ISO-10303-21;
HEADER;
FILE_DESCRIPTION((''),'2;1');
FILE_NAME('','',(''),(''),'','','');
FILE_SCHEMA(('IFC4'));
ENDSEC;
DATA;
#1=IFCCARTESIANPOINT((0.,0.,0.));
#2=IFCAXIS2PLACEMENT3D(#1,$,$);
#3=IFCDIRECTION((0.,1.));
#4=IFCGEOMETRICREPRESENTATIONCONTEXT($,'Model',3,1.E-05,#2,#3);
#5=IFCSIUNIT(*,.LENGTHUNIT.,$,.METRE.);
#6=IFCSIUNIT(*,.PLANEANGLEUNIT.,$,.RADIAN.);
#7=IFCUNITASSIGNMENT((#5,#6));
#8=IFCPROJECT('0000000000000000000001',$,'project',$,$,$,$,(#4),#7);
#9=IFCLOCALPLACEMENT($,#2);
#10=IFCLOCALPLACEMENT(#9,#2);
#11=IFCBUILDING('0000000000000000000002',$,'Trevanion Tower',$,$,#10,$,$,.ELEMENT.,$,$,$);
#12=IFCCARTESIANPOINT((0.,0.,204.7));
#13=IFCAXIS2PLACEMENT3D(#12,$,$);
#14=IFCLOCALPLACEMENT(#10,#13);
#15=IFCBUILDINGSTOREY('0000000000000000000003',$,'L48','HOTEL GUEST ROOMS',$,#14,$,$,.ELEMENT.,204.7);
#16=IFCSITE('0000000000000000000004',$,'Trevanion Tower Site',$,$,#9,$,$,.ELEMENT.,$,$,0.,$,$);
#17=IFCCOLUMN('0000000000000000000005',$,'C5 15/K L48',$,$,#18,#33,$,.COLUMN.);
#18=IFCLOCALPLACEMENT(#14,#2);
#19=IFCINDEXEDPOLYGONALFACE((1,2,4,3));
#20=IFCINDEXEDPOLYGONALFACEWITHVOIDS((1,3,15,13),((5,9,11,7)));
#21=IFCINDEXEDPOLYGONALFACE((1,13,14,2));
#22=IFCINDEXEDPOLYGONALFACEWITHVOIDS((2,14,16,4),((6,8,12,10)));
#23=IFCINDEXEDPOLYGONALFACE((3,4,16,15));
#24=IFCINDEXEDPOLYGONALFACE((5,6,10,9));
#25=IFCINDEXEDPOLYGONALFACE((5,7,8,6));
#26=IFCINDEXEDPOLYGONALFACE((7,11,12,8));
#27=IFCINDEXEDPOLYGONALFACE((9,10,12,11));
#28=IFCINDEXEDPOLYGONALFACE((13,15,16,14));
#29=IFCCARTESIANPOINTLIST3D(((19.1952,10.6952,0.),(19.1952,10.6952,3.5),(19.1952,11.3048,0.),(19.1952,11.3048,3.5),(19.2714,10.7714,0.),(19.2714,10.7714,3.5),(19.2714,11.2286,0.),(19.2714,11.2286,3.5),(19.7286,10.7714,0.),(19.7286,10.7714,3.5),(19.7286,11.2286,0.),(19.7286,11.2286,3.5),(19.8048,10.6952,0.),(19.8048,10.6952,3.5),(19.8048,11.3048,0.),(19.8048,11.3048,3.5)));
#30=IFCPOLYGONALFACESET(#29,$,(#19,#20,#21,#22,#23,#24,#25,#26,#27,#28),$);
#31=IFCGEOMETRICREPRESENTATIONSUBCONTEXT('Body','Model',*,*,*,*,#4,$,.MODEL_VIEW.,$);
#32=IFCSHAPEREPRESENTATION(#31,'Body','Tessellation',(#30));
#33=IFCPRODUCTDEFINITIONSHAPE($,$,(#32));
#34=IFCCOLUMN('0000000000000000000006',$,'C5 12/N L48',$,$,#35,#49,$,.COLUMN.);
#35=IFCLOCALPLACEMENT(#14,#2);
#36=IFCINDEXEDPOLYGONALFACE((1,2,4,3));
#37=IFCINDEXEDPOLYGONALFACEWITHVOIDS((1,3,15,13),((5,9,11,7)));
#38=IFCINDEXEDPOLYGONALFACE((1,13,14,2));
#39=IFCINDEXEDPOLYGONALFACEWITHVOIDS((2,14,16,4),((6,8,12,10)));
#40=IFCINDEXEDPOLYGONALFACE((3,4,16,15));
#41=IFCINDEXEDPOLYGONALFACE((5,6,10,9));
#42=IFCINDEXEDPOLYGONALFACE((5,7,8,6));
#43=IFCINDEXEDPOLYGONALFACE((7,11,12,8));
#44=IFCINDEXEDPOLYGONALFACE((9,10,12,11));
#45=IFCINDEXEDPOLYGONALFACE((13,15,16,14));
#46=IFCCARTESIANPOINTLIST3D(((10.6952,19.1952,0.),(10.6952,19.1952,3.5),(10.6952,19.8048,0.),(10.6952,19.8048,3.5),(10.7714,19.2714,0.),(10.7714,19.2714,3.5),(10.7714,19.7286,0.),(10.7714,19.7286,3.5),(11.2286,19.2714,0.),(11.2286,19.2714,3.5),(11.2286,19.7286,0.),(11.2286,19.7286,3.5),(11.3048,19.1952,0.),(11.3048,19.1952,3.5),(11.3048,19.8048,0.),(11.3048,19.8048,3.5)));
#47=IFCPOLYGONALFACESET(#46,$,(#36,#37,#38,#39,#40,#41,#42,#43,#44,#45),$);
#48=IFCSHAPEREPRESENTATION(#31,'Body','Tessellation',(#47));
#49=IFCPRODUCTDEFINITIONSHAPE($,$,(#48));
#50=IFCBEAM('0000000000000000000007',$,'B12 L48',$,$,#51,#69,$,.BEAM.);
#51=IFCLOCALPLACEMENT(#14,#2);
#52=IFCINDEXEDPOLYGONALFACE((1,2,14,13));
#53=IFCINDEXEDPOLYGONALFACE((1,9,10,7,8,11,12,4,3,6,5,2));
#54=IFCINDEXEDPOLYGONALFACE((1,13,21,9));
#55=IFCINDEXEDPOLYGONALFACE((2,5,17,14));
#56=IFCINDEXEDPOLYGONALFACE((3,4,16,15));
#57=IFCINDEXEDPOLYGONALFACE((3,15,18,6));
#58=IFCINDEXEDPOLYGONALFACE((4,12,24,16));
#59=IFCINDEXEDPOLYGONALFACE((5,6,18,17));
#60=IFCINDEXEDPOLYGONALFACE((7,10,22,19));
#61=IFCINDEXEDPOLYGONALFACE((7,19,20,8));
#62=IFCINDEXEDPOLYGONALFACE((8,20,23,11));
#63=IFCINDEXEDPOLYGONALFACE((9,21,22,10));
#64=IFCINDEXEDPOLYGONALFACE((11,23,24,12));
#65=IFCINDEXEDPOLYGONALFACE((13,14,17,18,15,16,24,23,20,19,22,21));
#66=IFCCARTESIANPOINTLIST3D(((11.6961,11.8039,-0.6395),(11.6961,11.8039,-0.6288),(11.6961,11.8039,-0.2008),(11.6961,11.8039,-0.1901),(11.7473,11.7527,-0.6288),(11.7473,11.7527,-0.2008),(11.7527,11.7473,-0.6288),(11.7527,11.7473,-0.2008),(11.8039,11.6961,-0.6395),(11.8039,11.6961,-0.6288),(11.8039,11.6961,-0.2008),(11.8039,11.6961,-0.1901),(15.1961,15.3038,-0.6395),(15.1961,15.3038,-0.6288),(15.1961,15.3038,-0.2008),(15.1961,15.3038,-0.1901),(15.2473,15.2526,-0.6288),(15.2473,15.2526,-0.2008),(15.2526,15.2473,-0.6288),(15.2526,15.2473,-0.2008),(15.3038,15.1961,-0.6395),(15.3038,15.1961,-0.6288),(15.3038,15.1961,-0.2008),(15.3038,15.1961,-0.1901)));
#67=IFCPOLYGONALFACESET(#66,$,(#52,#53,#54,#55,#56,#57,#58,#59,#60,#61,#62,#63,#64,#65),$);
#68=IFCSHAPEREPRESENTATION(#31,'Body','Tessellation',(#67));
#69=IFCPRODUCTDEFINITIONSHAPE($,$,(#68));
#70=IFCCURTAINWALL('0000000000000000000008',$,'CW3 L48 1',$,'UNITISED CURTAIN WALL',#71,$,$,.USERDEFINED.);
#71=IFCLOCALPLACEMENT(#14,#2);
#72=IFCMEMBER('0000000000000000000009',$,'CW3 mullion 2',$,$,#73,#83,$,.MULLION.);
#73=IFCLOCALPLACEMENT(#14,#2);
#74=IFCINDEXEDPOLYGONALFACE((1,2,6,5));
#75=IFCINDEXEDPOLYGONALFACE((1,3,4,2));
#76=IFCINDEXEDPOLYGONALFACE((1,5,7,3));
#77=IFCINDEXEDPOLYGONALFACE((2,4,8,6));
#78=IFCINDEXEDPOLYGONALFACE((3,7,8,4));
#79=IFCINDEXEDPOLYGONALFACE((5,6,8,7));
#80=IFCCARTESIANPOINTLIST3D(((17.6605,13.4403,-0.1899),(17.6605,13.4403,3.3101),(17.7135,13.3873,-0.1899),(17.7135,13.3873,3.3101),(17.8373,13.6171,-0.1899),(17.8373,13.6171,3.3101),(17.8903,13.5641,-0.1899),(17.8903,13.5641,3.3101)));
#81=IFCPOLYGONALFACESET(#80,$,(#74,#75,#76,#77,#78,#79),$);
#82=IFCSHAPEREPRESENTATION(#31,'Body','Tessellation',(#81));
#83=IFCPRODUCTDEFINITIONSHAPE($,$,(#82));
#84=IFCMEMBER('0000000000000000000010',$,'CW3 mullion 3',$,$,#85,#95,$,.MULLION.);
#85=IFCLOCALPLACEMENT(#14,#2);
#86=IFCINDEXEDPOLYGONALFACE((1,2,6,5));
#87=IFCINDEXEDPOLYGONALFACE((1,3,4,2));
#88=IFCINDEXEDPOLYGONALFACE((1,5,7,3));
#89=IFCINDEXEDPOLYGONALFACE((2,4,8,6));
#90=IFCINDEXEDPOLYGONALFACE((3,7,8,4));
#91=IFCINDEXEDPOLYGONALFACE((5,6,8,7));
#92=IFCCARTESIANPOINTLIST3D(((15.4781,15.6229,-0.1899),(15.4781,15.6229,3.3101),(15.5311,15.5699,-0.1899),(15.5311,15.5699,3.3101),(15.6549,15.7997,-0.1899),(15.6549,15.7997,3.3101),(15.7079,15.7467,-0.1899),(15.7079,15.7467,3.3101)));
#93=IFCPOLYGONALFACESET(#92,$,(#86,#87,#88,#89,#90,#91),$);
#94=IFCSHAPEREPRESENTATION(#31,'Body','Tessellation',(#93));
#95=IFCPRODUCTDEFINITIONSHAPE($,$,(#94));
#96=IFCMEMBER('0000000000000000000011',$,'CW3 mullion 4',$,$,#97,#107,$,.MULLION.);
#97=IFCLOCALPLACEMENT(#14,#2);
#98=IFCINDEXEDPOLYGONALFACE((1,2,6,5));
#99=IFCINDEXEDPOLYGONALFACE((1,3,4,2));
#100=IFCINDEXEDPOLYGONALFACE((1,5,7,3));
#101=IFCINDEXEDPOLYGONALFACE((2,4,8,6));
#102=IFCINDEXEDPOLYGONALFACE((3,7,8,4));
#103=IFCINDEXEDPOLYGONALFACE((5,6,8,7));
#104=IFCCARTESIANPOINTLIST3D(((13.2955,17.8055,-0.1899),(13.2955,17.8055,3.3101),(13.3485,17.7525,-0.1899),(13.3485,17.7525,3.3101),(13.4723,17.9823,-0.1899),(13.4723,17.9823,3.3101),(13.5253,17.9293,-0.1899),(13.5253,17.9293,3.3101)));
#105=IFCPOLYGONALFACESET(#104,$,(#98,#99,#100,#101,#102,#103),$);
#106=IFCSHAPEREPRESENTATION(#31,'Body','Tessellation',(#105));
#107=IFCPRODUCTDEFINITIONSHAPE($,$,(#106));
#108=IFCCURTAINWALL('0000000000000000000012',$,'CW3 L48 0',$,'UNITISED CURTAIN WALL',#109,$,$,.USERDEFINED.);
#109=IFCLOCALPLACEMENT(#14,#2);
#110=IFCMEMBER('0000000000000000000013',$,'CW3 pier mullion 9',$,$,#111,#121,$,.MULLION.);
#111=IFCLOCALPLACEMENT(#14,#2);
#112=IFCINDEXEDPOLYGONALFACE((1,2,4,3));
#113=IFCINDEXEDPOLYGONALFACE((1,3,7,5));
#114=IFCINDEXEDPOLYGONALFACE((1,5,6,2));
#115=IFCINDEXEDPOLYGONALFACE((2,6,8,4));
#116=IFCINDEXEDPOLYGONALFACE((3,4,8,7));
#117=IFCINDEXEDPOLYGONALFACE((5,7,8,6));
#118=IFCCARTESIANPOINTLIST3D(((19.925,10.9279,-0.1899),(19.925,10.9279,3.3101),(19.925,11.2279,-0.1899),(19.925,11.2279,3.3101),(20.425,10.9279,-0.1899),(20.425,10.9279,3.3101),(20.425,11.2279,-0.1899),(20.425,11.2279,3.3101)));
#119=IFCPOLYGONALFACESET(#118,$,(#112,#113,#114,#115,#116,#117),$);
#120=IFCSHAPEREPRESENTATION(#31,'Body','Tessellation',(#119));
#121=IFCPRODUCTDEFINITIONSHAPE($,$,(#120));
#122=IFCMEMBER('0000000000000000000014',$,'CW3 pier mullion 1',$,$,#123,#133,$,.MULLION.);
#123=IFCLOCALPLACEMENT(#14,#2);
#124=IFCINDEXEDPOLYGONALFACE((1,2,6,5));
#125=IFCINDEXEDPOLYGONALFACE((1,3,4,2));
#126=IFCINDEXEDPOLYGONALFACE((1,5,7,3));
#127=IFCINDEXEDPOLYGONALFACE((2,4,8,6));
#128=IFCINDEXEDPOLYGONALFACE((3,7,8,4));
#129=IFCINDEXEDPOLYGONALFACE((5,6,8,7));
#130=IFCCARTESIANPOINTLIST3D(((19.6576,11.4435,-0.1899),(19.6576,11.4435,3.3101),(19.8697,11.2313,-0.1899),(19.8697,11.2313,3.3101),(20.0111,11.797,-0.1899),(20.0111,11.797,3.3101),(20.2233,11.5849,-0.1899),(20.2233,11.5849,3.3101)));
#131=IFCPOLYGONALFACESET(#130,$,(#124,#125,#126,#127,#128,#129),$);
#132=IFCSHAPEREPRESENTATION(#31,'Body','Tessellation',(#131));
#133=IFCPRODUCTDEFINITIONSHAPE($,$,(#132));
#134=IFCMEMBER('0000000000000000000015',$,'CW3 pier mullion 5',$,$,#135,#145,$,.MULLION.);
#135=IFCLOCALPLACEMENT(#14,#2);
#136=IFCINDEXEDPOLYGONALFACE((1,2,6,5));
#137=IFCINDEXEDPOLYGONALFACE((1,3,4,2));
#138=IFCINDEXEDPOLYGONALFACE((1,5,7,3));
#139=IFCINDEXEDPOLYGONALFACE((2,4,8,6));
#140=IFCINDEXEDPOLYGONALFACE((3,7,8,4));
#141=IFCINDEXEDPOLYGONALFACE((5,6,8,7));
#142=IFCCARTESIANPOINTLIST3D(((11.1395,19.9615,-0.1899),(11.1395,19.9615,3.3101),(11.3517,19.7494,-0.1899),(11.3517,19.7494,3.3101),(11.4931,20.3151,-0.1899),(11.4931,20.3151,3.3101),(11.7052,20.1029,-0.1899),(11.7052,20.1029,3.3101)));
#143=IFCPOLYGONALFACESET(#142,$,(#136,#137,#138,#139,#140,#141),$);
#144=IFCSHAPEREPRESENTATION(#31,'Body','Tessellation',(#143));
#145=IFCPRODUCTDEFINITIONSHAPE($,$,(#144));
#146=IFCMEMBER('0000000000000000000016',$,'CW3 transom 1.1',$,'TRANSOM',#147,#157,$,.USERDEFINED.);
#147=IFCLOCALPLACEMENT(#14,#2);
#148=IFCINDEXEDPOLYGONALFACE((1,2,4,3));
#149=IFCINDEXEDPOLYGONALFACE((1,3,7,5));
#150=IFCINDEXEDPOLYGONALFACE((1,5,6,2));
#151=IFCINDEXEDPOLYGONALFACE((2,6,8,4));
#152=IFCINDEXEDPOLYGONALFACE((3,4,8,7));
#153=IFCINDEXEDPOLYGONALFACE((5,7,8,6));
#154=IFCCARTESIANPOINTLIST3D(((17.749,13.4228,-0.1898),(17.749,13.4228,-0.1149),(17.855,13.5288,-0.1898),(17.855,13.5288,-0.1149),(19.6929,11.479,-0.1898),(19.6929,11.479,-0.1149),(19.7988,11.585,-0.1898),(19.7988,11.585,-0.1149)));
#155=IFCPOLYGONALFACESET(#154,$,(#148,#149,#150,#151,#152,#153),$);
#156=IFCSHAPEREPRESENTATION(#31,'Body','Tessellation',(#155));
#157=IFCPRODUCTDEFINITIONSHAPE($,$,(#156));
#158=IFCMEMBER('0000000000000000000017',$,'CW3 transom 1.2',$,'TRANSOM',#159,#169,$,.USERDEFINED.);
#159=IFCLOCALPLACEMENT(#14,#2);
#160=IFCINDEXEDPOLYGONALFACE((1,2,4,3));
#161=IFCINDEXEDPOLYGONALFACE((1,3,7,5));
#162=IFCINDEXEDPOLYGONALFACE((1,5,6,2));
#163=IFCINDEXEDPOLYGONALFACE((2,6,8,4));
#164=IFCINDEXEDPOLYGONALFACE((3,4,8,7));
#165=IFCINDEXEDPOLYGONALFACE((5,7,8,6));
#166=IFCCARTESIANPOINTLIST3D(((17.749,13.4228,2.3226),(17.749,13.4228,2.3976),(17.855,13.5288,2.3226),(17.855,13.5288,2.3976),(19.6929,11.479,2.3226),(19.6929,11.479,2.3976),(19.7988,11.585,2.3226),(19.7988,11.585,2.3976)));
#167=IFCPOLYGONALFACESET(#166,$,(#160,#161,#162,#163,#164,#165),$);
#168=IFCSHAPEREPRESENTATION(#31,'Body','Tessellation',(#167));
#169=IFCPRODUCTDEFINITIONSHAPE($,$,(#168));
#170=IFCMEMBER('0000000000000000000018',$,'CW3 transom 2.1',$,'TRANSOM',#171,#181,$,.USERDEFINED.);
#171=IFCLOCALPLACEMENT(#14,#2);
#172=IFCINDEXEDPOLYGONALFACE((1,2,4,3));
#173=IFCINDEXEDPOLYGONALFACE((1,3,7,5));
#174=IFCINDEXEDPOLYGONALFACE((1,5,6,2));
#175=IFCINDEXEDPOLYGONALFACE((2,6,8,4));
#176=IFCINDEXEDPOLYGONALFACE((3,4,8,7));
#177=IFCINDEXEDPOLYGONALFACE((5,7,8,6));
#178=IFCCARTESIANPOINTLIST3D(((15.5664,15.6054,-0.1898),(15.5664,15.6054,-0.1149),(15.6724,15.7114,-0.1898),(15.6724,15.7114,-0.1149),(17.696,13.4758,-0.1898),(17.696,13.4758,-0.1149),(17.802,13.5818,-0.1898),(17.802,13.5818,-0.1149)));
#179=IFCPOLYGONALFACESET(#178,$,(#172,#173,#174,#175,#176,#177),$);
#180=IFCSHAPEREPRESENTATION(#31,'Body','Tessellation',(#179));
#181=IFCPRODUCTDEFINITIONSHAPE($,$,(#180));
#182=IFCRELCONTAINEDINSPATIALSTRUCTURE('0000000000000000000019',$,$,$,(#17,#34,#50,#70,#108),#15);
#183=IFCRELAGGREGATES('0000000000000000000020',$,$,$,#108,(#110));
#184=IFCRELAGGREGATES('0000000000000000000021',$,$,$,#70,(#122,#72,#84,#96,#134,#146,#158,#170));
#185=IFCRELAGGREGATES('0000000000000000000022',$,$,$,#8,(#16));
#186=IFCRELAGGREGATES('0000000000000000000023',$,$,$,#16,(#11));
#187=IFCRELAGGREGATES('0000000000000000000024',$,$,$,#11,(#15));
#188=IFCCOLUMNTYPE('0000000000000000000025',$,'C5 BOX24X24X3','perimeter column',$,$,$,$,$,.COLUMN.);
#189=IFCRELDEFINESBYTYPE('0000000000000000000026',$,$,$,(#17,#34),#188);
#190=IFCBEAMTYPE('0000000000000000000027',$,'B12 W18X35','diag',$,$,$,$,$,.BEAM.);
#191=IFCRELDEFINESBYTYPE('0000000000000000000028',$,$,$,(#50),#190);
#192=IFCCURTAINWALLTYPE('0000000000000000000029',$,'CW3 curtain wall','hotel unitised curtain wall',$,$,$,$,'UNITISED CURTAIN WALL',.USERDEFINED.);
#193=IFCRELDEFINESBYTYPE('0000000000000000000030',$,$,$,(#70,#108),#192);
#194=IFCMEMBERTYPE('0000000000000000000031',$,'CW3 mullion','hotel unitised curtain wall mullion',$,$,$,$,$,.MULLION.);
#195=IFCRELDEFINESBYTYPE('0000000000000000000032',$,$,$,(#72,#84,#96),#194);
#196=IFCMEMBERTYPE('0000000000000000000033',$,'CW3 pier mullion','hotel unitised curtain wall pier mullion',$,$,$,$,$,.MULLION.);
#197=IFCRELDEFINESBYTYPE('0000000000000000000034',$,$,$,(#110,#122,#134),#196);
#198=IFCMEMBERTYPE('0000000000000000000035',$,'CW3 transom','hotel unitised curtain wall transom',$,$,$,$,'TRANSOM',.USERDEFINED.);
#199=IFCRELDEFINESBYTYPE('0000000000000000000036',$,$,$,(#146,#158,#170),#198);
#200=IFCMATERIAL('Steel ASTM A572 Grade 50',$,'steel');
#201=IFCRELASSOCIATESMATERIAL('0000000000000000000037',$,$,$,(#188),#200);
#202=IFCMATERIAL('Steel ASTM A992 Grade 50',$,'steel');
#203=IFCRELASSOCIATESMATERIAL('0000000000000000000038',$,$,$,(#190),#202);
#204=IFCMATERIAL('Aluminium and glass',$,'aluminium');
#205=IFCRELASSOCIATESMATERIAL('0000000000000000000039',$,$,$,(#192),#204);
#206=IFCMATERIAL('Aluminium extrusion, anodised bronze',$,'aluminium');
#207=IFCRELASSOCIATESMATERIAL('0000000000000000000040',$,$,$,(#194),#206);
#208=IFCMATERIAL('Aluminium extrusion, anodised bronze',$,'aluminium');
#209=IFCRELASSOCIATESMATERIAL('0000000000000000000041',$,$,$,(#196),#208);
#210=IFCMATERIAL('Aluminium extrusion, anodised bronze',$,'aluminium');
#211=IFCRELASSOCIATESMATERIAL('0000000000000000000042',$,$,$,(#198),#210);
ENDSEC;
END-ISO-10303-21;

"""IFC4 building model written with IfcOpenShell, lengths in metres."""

from ifc_helpers import new_model, si_unit, direction, frame, origin, origin_2d, place, context, subcontext, project, spatial, rectangle, hollow_rectangle, i_section, extrude, material, material_profile, profile_set, type_object, element, aggregate, save


model = new_model("IFC4")

# Units and contexts
model_context = context("Model", 3, precision=1e-05, world=origin(), true_north=direction((0.0, 1.0)))
body_context = subcontext(model_context, "Body", "Model", "MODEL_VIEW")
ifc_project = project(units=[si_unit("LENGTHUNIT", "METRE"), si_unit("PLANEANGLEUNIT", "RADIAN")], contexts=[model_context])

# Site, building, storey
site_placement = place(None, origin())
site = spatial("IfcSite", under=ifc_project, at=site_placement, Name="Trevanion Tower Site", CompositionType="ELEMENT", RefElevation=0.0)
building_placement = place(site_placement, origin())
building = spatial("IfcBuilding", under=site, at=building_placement, Name="Trevanion Tower", CompositionType="ELEMENT")
storey_placement = place(building_placement, frame((0.0, 0.0, 204.7)))
storey = spatial("IfcBuildingStorey", under=building, at=storey_placement, Name="L48", Description="HOTEL GUEST ROOMS", CompositionType="ELEMENT", Elevation=204.7)

# Columns
ifc_material_1 = material(Name="Steel ASTM A572 Grade 50", Category="steel")
ifc_material_profile_1 = material_profile(ifc_material_1, hollow_rectangle(XDim=0.6096, YDim=0.6096, WallThickness=0.0762, at=origin_2d()), Name="BOX24X24X3")
ifc_profile_set_1 = profile_set([ifc_material_profile_1], Name="Steel ASTM A572 Grade 50")
column_type = type_object("IfcColumnType", Name="C5 BOX24X24X3", Description="perimeter column", PredefinedType="COLUMN", material=ifc_profile_set_1)
for number, where, z_axis, x_axis, name in (
    (1, (19.5, 11.0, 0.0), (0.0, 0.0, 1.0), (0.0, 1.0, 0.0), "C5 15/K L48"),
    (2, (11.0, 19.5, 0.0), (0.0, 0.0, 1.0), (1.0, 0.0, 0.0), "C5 12/N L48"),
):
    element("IfcColumn", number, at=place(storey_placement, frame(where, z_axis=z_axis, x_axis=x_axis)), inside=storey, type_object=column_type, Name=name, PredefinedType="COLUMN", context=body_context, shape_type="SweptSolid", body=[
        extrude(hollow_rectangle(XDim=0.6096, YDim=0.6096, WallThickness=0.0762, at=origin_2d()), origin(), (0.0, 0.0, 1.0), 3.5),
    ])

# Beam
ifc_material_2 = material(Name="Steel ASTM A992 Grade 50", Category="steel")
ifc_material_profile_2 = material_profile(ifc_material_2, i_section(OverallWidth=0.1523, OverallDepth=0.4495, WebThickness=0.0076, FlangeThickness=0.0107, at=origin_2d()), Name="W18X35")
ifc_profile_set_2 = profile_set([ifc_material_profile_2], Name="Steel ASTM A992 Grade 50")
beam_type_1 = type_object("IfcBeamType", Name="B12 W18X35", Description="diag", PredefinedType="BEAM", material=ifc_profile_set_2)
beam_1_placement = place(storey_placement, frame((11.75, 11.75, -0.4148), z_axis=(0.707107, 0.707107, 0.0), x_axis=(-0.707107, 0.707107, 0.0)))
element("IfcBeam", 3, at=beam_1_placement, inside=storey, type_object=beam_type_1, Name="B12 L48", PredefinedType="BEAM", context=body_context, shape_type="SweptSolid", body=[
    extrude(i_section(OverallWidth=0.1523, OverallDepth=0.4495, WebThickness=0.0076, FlangeThickness=0.0107, at=origin_2d()), origin(), (0.0, 0.0, 1.0), 4.9497),
])

# Curtain wall, members
ifc_material_3 = material(Name="Aluminium and glass", Category="aluminium")
curtain_wall_type = type_object("IfcCurtainWallType", Name="CW3 curtain wall", Description="hotel unitised curtain wall", ElementType="UNITISED CURTAIN WALL", PredefinedType="USERDEFINED", material=ifc_material_3)
curtain_wall_1_placement = place(storey_placement, origin())
curtain_wall_1 = element("IfcCurtainWall", 4, at=curtain_wall_1_placement, inside=storey, type_object=curtain_wall_type, Name="CW3 L48 1", ObjectType="UNITISED CURTAIN WALL", PredefinedType="USERDEFINED")
ifc_material_4 = material(Name="Aluminium extrusion, anodised bronze", Category="aluminium")
ifc_material_profile_3 = material_profile(ifc_material_4, rectangle(XDim=0.075, YDim=0.25, at=origin_2d()), Name="CW3 mullion")
ifc_profile_set_3 = profile_set([ifc_material_profile_3], Name="Aluminium extrusion, anodised bronze")
member_type_1 = type_object("IfcMemberType", Name="CW3 mullion", Description="hotel unitised curtain wall mullion", PredefinedType="MULLION", material=ifc_profile_set_3)
member_1_placement = place(storey_placement, frame((17.7754, 13.5022, -0.1899), z_axis=(0.0, 0.0, 1.0), x_axis=(-0.707107, 0.707107, 0.0)))
member_1 = element("IfcMember", 5, at=member_1_placement, type_object=member_type_1, Name="CW3 mullion 2", PredefinedType="MULLION", context=body_context, shape_type="SweptSolid", body=[
    extrude(rectangle(XDim=0.075, YDim=0.25, at=origin_2d()), origin(), (0.0, 0.0, 1.0), 3.5),
])
member_2_placement = place(storey_placement, frame((15.593, 15.6848, -0.1899), z_axis=(0.0, 0.0, 1.0), x_axis=(-0.707107, 0.707107, 0.0)))
member_2 = element("IfcMember", 6, at=member_2_placement, type_object=member_type_1, Name="CW3 mullion 3", PredefinedType="MULLION", context=body_context, shape_type="SweptSolid", body=[
    extrude(rectangle(XDim=0.075, YDim=0.25, at=origin_2d()), origin(), (0.0, 0.0, 1.0), 3.5),
])
member_3_placement = place(storey_placement, frame((13.4104, 17.8674, -0.1899), z_axis=(0.0, 0.0, 1.0), x_axis=(-0.707107, 0.707107, 0.0)))
member_3 = element("IfcMember", 7, at=member_3_placement, type_object=member_type_1, Name="CW3 mullion 4", PredefinedType="MULLION", context=body_context, shape_type="SweptSolid", body=[
    extrude(rectangle(XDim=0.075, YDim=0.25, at=origin_2d()), origin(), (0.0, 0.0, 1.0), 3.5),
])

# Curtain wall, member
curtain_wall_2_placement = place(storey_placement, origin())
curtain_wall_2 = element("IfcCurtainWall", 8, at=curtain_wall_2_placement, inside=storey, type_object=curtain_wall_type, Name="CW3 L48 0", ObjectType="UNITISED CURTAIN WALL", PredefinedType="USERDEFINED")
ifc_material_5 = material(Name="Aluminium extrusion, anodised bronze", Category="aluminium")
ifc_material_profile_4 = material_profile(ifc_material_5, rectangle(XDim=0.3, YDim=0.5, at=origin_2d()), Name="CW3 pier mullion")
ifc_profile_set_4 = profile_set([ifc_material_profile_4], Name="Aluminium extrusion, anodised bronze")
member_type_2 = type_object("IfcMemberType", Name="CW3 pier mullion", Description="hotel unitised curtain wall pier mullion", PredefinedType="MULLION", material=ifc_profile_set_4)
member_4_placement = place(storey_placement, frame((20.175, 11.0779, -0.1899), z_axis=(0.0, 0.0, 1.0), x_axis=(0.0, 1.0, 0.0)))
member_4 = element("IfcMember", 9, at=member_4_placement, type_object=member_type_2, Name="CW3 pier mullion 9", PredefinedType="MULLION", context=body_context, shape_type="SweptSolid", body=[
    extrude(rectangle(XDim=0.3, YDim=0.5, at=origin_2d()), origin(), (0.0, 0.0, 1.0), 3.5),
])

# Members
member_5_placement = place(storey_placement, frame((19.9404, 11.5142, -0.1899), z_axis=(0.0, 0.0, 1.0), x_axis=(-0.707107, 0.707107, 0.0)))
member_5 = element("IfcMember", 10, at=member_5_placement, type_object=member_type_2, Name="CW3 pier mullion 1", PredefinedType="MULLION", context=body_context, shape_type="SweptSolid", body=[
    extrude(rectangle(XDim=0.3, YDim=0.5, at=origin_2d()), origin(), (0.0, 0.0, 1.0), 3.5),
])
member_6_placement = place(storey_placement, frame((11.4224, 20.0322, -0.1899), z_axis=(0.0, 0.0, 1.0), x_axis=(-0.707107, 0.707107, 0.0)))
member_6 = element("IfcMember", 11, at=member_6_placement, type_object=member_type_2, Name="CW3 pier mullion 5", PredefinedType="MULLION", context=body_context, shape_type="SweptSolid", body=[
    extrude(rectangle(XDim=0.3, YDim=0.5, at=origin_2d()), origin(), (0.0, 0.0, 1.0), 3.5),
])
ifc_material_6 = material(Name="Aluminium extrusion, anodised bronze", Category="aluminium")
ifc_material_profile_5 = material_profile(ifc_material_6, rectangle(XDim=0.1499, YDim=0.075, at=origin_2d()), Name="CW3 transom")
ifc_profile_set_5 = profile_set([ifc_material_profile_5], Name="Aluminium extrusion, anodised bronze")
member_type_3 = type_object("IfcMemberType", Name="CW3 transom", Description="hotel unitised curtain wall transom", ElementType="TRANSOM", PredefinedType="USERDEFINED", material=ifc_profile_set_5)
member_7_placement = place(storey_placement, frame((19.7458, 11.532, -0.1523), z_axis=(-0.707107, 0.707107, 0.0), x_axis=(-0.707107, -0.707107, 0.0)))
member_7 = element("IfcMember", 12, at=member_7_placement, type_object=member_type_3, Name="CW3 transom 1.1", ObjectType="TRANSOM", PredefinedType="USERDEFINED", context=body_context, shape_type="SweptSolid", body=[
    extrude(rectangle(XDim=0.1499, YDim=0.075, at=origin_2d()), origin(), (0.0, 0.0, 1.0), 2.749),
])
member_8_placement = place(storey_placement, frame((19.7458, 11.532, 2.3601), z_axis=(-0.707107, 0.707107, 0.0), x_axis=(-0.707107, -0.707107, 0.0)))
member_8 = element("IfcMember", 13, at=member_8_placement, type_object=member_type_3, Name="CW3 transom 1.2", ObjectType="TRANSOM", PredefinedType="USERDEFINED", context=body_context, shape_type="SweptSolid", body=[
    extrude(rectangle(XDim=0.1499, YDim=0.075, at=origin_2d()), origin(), (0.0, 0.0, 1.0), 2.749),
])
member_9_placement = place(storey_placement, frame((17.749, 13.5288, -0.1523), z_axis=(-0.707107, 0.707107, 0.0), x_axis=(-0.707107, -0.707107, 0.0)))
member_9 = element("IfcMember", 14, at=member_9_placement, type_object=member_type_3, Name="CW3 transom 2.1", ObjectType="TRANSOM", PredefinedType="USERDEFINED", context=body_context, shape_type="SweptSolid", body=[
    extrude(rectangle(XDim=0.1499, YDim=0.075, at=origin_2d()), origin(), (0.0, 0.0, 1.0), 3.0117),
])

aggregate(curtain_wall_2, [member_4])
aggregate(curtain_wall_1, [member_5, member_1, member_2, member_3, member_6, member_7, member_8, member_9])

save(model, "model.ifc")
